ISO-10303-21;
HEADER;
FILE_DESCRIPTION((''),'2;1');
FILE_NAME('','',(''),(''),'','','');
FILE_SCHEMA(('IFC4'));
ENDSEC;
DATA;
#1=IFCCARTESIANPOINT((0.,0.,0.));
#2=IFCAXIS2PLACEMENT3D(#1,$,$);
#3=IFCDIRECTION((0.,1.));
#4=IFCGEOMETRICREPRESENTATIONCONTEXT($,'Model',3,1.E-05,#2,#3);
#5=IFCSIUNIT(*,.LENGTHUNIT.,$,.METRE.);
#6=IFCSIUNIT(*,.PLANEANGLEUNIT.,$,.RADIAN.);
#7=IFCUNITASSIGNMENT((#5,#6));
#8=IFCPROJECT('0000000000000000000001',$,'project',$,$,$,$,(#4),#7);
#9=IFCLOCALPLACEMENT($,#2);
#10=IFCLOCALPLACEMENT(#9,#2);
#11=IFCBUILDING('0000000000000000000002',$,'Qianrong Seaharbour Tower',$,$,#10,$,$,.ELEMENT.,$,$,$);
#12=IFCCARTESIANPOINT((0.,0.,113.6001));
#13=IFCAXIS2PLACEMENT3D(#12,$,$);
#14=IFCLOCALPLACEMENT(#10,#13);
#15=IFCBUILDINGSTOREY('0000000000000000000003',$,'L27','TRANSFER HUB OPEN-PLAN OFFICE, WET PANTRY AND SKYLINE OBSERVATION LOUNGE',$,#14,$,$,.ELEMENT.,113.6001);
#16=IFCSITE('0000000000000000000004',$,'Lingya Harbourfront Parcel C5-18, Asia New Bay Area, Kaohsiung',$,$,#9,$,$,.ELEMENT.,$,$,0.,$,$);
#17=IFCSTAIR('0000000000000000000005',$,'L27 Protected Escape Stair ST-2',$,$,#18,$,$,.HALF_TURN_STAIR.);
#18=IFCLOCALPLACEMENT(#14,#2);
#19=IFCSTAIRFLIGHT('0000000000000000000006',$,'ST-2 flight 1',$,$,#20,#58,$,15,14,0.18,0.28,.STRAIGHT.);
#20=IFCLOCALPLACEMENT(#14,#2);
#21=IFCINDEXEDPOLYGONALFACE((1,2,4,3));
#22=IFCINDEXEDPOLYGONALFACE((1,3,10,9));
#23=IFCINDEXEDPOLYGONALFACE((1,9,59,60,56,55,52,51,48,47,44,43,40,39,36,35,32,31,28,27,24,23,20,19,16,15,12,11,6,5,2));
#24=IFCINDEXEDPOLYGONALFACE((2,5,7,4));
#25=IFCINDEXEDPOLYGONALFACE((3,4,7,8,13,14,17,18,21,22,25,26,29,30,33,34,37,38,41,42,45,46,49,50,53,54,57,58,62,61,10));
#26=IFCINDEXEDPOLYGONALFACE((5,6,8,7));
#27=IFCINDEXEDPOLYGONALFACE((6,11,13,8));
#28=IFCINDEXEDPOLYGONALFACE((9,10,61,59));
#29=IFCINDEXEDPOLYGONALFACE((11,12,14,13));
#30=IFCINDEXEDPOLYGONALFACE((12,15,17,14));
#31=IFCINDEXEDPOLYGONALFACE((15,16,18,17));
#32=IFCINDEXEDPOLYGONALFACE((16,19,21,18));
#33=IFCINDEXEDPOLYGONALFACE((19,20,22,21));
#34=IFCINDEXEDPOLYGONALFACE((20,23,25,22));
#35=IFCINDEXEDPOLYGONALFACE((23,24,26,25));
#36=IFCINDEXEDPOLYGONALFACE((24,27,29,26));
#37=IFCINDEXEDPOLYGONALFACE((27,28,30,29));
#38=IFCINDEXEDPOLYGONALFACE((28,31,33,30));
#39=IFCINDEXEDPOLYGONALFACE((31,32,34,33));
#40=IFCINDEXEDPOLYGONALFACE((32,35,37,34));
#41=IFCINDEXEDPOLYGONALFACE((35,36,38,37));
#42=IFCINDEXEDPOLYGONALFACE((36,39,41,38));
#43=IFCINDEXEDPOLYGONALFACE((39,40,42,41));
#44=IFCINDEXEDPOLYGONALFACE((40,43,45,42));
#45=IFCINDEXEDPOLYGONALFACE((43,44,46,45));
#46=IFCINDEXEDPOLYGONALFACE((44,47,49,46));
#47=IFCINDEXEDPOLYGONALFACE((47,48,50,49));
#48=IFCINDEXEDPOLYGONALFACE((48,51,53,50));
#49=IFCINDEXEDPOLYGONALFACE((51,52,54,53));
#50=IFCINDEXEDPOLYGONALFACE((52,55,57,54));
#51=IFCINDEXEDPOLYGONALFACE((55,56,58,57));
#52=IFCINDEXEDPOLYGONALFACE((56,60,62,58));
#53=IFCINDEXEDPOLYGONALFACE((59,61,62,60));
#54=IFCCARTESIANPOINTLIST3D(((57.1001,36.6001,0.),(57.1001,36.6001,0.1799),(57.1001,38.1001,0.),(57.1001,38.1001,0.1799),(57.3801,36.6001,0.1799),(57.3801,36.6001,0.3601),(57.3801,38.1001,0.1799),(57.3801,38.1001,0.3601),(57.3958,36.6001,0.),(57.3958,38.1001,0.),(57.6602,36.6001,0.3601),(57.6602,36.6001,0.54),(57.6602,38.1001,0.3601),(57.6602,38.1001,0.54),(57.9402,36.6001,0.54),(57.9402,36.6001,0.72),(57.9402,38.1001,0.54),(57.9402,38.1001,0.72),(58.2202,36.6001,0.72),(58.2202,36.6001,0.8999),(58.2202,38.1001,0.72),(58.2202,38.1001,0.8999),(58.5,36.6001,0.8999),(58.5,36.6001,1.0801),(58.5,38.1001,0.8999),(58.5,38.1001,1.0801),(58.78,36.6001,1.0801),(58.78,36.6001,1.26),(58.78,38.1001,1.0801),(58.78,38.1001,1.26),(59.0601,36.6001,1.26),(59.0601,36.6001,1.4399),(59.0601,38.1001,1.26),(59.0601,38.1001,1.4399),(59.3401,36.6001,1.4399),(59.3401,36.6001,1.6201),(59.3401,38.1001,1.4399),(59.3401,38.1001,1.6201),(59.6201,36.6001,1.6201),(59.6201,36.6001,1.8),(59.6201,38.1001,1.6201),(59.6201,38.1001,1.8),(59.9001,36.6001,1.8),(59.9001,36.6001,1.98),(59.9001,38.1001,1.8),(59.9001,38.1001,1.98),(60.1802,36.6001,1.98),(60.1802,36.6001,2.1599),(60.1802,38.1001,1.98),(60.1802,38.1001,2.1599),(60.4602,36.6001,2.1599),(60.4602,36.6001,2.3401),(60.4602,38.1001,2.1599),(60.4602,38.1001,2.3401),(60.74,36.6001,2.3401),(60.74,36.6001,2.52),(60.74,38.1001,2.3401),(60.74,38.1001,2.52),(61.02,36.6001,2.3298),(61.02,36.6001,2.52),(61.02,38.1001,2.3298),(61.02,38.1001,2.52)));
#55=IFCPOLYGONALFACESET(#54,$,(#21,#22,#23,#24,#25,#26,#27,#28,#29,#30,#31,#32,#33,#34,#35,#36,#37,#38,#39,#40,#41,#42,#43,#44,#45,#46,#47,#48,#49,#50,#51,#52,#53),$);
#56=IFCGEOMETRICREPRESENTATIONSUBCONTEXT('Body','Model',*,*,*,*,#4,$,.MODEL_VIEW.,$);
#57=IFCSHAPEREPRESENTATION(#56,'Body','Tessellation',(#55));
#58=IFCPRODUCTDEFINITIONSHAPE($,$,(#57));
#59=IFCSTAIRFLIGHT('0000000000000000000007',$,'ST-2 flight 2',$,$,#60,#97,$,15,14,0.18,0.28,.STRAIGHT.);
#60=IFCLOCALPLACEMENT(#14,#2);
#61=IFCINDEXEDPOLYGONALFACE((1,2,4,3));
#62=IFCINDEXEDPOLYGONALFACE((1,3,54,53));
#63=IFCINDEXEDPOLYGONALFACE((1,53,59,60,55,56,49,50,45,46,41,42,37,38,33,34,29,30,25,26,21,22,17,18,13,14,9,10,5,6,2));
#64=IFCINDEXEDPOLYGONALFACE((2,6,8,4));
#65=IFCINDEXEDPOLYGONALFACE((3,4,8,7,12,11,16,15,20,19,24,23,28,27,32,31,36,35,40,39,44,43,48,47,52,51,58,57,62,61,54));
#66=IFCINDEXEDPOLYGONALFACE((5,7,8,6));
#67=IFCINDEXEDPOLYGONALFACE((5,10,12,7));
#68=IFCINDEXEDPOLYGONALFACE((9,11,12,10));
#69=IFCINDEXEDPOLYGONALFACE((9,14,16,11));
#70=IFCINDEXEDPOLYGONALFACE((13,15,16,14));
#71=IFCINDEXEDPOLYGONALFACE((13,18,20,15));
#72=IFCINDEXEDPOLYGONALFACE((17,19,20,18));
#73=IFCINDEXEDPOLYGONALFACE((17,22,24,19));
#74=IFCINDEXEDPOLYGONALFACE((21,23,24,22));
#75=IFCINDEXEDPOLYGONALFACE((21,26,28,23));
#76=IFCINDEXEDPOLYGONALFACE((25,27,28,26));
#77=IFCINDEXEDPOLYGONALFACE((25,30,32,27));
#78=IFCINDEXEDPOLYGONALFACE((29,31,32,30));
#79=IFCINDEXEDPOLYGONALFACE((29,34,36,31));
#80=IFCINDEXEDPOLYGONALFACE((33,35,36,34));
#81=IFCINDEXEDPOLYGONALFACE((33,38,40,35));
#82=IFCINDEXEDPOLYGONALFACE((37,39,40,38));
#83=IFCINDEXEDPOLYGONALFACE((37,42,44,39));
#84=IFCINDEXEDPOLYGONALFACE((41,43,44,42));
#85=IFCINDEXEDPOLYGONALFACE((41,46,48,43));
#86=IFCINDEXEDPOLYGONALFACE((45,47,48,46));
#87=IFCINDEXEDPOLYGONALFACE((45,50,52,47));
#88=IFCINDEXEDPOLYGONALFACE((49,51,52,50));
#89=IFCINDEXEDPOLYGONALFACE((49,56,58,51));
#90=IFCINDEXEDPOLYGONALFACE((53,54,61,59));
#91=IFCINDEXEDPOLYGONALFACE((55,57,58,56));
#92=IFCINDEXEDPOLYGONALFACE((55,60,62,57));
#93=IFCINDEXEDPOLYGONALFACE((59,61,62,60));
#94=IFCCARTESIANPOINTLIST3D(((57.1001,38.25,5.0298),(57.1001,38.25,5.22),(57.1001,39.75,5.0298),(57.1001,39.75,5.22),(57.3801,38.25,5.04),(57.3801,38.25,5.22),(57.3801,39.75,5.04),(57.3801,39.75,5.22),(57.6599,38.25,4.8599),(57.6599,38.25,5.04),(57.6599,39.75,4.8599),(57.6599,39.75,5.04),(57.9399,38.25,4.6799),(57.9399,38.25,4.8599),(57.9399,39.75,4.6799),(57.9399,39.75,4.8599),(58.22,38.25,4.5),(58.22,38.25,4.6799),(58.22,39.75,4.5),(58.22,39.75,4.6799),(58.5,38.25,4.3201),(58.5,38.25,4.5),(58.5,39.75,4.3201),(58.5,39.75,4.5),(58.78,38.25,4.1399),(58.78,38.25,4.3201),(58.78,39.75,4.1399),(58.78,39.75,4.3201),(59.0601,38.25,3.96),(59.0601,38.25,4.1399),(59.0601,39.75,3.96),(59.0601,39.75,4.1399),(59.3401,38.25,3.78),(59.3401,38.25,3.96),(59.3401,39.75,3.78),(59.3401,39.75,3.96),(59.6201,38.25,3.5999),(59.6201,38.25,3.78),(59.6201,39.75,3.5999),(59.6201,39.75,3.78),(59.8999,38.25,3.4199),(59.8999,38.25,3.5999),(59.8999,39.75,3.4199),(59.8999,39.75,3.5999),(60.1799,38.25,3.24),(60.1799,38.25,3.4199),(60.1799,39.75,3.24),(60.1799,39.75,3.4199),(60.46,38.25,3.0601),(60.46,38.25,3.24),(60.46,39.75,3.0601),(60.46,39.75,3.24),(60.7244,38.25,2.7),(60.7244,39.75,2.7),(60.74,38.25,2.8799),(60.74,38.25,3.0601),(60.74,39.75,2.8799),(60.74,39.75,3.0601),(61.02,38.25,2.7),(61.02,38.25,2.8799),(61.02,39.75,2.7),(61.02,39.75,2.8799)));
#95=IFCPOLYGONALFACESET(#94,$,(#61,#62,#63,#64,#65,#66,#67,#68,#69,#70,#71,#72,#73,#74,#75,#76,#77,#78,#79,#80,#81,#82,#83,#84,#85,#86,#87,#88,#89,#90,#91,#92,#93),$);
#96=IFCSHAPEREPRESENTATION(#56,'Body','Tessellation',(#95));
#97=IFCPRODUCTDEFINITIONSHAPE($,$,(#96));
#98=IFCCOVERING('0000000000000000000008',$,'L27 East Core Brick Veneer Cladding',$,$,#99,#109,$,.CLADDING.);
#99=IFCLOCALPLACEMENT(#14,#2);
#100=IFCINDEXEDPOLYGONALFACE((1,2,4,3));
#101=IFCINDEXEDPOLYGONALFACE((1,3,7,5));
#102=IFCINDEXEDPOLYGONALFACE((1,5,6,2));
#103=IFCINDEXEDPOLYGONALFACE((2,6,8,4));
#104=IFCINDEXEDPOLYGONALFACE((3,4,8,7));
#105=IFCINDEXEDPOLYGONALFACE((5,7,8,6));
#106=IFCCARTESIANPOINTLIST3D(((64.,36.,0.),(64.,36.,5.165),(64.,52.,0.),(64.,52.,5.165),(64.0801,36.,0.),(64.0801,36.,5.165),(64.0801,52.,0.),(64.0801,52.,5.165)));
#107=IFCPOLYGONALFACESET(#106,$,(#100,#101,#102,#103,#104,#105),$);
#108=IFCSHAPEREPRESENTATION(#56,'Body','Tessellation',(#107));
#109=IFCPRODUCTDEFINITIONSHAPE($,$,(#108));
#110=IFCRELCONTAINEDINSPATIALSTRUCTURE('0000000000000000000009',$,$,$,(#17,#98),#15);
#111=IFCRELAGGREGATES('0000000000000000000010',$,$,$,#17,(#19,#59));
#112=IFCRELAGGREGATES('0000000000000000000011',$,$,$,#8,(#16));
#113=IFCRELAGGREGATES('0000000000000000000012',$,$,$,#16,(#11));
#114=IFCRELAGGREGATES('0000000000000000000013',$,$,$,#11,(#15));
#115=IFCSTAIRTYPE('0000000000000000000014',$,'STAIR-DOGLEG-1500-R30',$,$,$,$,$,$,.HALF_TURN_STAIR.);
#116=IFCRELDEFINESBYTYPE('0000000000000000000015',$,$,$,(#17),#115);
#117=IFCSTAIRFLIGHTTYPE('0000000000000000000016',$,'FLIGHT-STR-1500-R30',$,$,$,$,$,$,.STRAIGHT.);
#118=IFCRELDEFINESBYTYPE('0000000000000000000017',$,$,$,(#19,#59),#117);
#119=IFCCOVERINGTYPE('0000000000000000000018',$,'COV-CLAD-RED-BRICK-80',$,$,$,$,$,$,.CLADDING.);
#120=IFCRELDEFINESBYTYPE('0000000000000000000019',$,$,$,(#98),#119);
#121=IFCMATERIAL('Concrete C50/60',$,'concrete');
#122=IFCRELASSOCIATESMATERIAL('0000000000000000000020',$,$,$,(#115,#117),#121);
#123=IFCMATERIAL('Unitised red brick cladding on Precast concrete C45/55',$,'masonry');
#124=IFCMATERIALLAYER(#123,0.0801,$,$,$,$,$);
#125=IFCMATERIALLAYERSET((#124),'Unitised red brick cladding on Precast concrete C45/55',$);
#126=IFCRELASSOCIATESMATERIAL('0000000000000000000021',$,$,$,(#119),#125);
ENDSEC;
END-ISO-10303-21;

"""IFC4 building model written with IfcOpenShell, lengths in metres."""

from ifc_helpers import new_model, si_unit, direction, frame, origin, origin_2d, place, context, subcontext, project, spatial, polyline, rectangle, outline, extrude, material, layer, layer_set, type_object, element, aggregate, save


model = new_model("IFC4")

# Units and contexts
model_context = context("Model", 3, precision=1e-05, world=origin(), true_north=direction((0.0, 1.0)))
body_context = subcontext(model_context, "Body", "Model", "MODEL_VIEW")
ifc_project = project(units=[si_unit("LENGTHUNIT", "METRE"), si_unit("PLANEANGLEUNIT", "RADIAN")], contexts=[model_context])

# Site, building, storey
site_placement = place(None, origin())
site = spatial("IfcSite", under=ifc_project, at=site_placement, Name="Lingya Harbourfront Parcel C5-18, Asia New Bay Area, Kaohsiung", CompositionType="ELEMENT", RefElevation=0.0)
building_placement = place(site_placement, origin())
building = spatial("IfcBuilding", under=site, at=building_placement, Name="Qianrong Seaharbour Tower", CompositionType="ELEMENT")
storey_placement = place(building_placement, frame((0.0, 0.0, 113.6001)))
storey = spatial("IfcBuildingStorey", under=building, at=storey_placement, Name="L27", Description="TRANSFER HUB OPEN-PLAN OFFICE, WET PANTRY AND SKYLINE OBSERVATION LOUNGE", CompositionType="ELEMENT", Elevation=113.6001)

# Shared definitions
ifc_material_1 = material(Name="Concrete C50/60", Category="concrete")

# Stair, stair flights
stair_type = type_object("IfcStairType", Name="STAIR-DOGLEG-1500-R30", PredefinedType="HALF_TURN_STAIR", material=ifc_material_1)
stair_placement = place(storey_placement, origin())
stair = element("IfcStair", 1, at=stair_placement, inside=storey, type_object=stair_type, Name="L27 Protected Escape Stair ST-2", PredefinedType="HALF_TURN_STAIR")
stair_flight_type = type_object("IfcStairFlightType", Name="FLIGHT-STR-1500-R30", PredefinedType="STRAIGHT", material=ifc_material_1)
stair_flight_1_placement = place(storey_placement, frame((57.1001, 37.3501, 0.0), z_axis=(0.0, 0.0, 1.0), x_axis=(1.0, 0.0, 0.0)))
stair_flight_1 = element("IfcStairFlight", 2, at=stair_flight_1_placement, type_object=stair_flight_type, Name="ST-2 flight 1", NumberOfRisers=15, NumberOfTreads=14, PredefinedType="STRAIGHT", RiserHeight=0.18, TreadLength=0.28, context=body_context, shape_type="SweptSolid", body=[
    extrude(outline(polyline([(0.0, 0.0), (0.0, 0.1799), (0.28, 0.1799), (0.28, 0.3601), (0.5601, 0.3601), (0.5601, 0.54), (0.8401, 0.54), (0.8401, 0.72), (1.1201, 0.72), (1.1201, 0.8999), (1.3999, 0.8999), (1.3999, 1.0801), (1.6799, 1.0801), (1.6799, 1.26), (1.96, 1.26), (1.96, 1.4399), (2.24, 1.4399), (2.24, 1.6201), (2.52, 1.6201), (2.52, 1.8), (2.8, 1.8), (2.8, 1.98), (3.0801, 1.98), (3.0801, 2.1599), (3.3601, 2.1599), (3.3601, 2.3401), (3.6399, 2.3401), (3.6399, 2.52), (3.9199, 2.52), (3.9199, 2.7), (3.9199, 2.3298), (0.2957, 0.0), (0.0, 0.0)])), frame((0.0, 0.75, 0.0), z_axis=(0.0, -1.0, 0.0), x_axis=(1.0, 0.0, 0.0)), (0.0, 0.0, 1.0), 1.5),
])
stair_flight_2_placement = place(storey_placement, frame((61.02, 39.0, 2.7), z_axis=(0.0, 0.0, 1.0), x_axis=(-1.0, 0.0, 0.0)))
stair_flight_2 = element("IfcStairFlight", 3, at=stair_flight_2_placement, type_object=stair_flight_type, Name="ST-2 flight 2", NumberOfRisers=15, NumberOfTreads=14, PredefinedType="STRAIGHT", RiserHeight=0.18, TreadLength=0.28, context=body_context, shape_type="SweptSolid", body=[
    extrude(outline(polyline([(0.0, 0.0), (0.0, 0.1799), (0.28, 0.1799), (0.28, 0.3601), (0.5601, 0.3601), (0.5601, 0.54), (0.8401, 0.54), (0.8401, 0.72), (1.1201, 0.72), (1.1201, 0.8999), (1.3999, 0.8999), (1.3999, 1.0801), (1.6799, 1.0801), (1.6799, 1.26), (1.96, 1.26), (1.96, 1.4399), (2.24, 1.4399), (2.24, 1.6201), (2.52, 1.6201), (2.52, 1.8), (2.8, 1.8), (2.8, 1.98), (3.0801, 1.98), (3.0801, 2.1599), (3.3601, 2.1599), (3.3601, 2.3401), (3.6399, 2.3401), (3.6399, 2.52), (3.9199, 2.52), (3.9199, 2.7), (3.9199, 2.3298), (0.2957, 0.0), (0.0, 0.0)])), frame((0.0, 0.75, 0.0), z_axis=(0.0, -1.0, 0.0), x_axis=(1.0, 0.0, 0.0)), (0.0, 0.0, 1.0), 1.5),
])
aggregate(stair, [stair_flight_1, stair_flight_2])

# Covering
ifc_material_2 = material(Name="Unitised red brick cladding on Precast concrete C45/55", Category="masonry")
ifc_layer_1 = layer(ifc_material_2, 0.0801)
ifc_layer_set_1 = layer_set([ifc_layer_1], Name="Unitised red brick cladding on Precast concrete C45/55")
covering_type = type_object("IfcCoveringType", Name="COV-CLAD-RED-BRICK-80", PredefinedType="CLADDING", material=ifc_layer_set_1)
covering_placement = place(storey_placement, frame((64.04, 44.0, 0.0), z_axis=(0.0, 0.0, 1.0), x_axis=(1.0, 0.0, 0.0)))
element("IfcCovering", 4, at=covering_placement, inside=storey, type_object=covering_type, Name="L27 East Core Brick Veneer Cladding", PredefinedType="CLADDING", context=body_context, shape_type="SweptSolid", body=[
    extrude(rectangle(XDim=0.0801, YDim=16.0, at=origin_2d()), origin(), (0.0, 0.0, 1.0), 5.165),
])

save(model, "model.ifc")
